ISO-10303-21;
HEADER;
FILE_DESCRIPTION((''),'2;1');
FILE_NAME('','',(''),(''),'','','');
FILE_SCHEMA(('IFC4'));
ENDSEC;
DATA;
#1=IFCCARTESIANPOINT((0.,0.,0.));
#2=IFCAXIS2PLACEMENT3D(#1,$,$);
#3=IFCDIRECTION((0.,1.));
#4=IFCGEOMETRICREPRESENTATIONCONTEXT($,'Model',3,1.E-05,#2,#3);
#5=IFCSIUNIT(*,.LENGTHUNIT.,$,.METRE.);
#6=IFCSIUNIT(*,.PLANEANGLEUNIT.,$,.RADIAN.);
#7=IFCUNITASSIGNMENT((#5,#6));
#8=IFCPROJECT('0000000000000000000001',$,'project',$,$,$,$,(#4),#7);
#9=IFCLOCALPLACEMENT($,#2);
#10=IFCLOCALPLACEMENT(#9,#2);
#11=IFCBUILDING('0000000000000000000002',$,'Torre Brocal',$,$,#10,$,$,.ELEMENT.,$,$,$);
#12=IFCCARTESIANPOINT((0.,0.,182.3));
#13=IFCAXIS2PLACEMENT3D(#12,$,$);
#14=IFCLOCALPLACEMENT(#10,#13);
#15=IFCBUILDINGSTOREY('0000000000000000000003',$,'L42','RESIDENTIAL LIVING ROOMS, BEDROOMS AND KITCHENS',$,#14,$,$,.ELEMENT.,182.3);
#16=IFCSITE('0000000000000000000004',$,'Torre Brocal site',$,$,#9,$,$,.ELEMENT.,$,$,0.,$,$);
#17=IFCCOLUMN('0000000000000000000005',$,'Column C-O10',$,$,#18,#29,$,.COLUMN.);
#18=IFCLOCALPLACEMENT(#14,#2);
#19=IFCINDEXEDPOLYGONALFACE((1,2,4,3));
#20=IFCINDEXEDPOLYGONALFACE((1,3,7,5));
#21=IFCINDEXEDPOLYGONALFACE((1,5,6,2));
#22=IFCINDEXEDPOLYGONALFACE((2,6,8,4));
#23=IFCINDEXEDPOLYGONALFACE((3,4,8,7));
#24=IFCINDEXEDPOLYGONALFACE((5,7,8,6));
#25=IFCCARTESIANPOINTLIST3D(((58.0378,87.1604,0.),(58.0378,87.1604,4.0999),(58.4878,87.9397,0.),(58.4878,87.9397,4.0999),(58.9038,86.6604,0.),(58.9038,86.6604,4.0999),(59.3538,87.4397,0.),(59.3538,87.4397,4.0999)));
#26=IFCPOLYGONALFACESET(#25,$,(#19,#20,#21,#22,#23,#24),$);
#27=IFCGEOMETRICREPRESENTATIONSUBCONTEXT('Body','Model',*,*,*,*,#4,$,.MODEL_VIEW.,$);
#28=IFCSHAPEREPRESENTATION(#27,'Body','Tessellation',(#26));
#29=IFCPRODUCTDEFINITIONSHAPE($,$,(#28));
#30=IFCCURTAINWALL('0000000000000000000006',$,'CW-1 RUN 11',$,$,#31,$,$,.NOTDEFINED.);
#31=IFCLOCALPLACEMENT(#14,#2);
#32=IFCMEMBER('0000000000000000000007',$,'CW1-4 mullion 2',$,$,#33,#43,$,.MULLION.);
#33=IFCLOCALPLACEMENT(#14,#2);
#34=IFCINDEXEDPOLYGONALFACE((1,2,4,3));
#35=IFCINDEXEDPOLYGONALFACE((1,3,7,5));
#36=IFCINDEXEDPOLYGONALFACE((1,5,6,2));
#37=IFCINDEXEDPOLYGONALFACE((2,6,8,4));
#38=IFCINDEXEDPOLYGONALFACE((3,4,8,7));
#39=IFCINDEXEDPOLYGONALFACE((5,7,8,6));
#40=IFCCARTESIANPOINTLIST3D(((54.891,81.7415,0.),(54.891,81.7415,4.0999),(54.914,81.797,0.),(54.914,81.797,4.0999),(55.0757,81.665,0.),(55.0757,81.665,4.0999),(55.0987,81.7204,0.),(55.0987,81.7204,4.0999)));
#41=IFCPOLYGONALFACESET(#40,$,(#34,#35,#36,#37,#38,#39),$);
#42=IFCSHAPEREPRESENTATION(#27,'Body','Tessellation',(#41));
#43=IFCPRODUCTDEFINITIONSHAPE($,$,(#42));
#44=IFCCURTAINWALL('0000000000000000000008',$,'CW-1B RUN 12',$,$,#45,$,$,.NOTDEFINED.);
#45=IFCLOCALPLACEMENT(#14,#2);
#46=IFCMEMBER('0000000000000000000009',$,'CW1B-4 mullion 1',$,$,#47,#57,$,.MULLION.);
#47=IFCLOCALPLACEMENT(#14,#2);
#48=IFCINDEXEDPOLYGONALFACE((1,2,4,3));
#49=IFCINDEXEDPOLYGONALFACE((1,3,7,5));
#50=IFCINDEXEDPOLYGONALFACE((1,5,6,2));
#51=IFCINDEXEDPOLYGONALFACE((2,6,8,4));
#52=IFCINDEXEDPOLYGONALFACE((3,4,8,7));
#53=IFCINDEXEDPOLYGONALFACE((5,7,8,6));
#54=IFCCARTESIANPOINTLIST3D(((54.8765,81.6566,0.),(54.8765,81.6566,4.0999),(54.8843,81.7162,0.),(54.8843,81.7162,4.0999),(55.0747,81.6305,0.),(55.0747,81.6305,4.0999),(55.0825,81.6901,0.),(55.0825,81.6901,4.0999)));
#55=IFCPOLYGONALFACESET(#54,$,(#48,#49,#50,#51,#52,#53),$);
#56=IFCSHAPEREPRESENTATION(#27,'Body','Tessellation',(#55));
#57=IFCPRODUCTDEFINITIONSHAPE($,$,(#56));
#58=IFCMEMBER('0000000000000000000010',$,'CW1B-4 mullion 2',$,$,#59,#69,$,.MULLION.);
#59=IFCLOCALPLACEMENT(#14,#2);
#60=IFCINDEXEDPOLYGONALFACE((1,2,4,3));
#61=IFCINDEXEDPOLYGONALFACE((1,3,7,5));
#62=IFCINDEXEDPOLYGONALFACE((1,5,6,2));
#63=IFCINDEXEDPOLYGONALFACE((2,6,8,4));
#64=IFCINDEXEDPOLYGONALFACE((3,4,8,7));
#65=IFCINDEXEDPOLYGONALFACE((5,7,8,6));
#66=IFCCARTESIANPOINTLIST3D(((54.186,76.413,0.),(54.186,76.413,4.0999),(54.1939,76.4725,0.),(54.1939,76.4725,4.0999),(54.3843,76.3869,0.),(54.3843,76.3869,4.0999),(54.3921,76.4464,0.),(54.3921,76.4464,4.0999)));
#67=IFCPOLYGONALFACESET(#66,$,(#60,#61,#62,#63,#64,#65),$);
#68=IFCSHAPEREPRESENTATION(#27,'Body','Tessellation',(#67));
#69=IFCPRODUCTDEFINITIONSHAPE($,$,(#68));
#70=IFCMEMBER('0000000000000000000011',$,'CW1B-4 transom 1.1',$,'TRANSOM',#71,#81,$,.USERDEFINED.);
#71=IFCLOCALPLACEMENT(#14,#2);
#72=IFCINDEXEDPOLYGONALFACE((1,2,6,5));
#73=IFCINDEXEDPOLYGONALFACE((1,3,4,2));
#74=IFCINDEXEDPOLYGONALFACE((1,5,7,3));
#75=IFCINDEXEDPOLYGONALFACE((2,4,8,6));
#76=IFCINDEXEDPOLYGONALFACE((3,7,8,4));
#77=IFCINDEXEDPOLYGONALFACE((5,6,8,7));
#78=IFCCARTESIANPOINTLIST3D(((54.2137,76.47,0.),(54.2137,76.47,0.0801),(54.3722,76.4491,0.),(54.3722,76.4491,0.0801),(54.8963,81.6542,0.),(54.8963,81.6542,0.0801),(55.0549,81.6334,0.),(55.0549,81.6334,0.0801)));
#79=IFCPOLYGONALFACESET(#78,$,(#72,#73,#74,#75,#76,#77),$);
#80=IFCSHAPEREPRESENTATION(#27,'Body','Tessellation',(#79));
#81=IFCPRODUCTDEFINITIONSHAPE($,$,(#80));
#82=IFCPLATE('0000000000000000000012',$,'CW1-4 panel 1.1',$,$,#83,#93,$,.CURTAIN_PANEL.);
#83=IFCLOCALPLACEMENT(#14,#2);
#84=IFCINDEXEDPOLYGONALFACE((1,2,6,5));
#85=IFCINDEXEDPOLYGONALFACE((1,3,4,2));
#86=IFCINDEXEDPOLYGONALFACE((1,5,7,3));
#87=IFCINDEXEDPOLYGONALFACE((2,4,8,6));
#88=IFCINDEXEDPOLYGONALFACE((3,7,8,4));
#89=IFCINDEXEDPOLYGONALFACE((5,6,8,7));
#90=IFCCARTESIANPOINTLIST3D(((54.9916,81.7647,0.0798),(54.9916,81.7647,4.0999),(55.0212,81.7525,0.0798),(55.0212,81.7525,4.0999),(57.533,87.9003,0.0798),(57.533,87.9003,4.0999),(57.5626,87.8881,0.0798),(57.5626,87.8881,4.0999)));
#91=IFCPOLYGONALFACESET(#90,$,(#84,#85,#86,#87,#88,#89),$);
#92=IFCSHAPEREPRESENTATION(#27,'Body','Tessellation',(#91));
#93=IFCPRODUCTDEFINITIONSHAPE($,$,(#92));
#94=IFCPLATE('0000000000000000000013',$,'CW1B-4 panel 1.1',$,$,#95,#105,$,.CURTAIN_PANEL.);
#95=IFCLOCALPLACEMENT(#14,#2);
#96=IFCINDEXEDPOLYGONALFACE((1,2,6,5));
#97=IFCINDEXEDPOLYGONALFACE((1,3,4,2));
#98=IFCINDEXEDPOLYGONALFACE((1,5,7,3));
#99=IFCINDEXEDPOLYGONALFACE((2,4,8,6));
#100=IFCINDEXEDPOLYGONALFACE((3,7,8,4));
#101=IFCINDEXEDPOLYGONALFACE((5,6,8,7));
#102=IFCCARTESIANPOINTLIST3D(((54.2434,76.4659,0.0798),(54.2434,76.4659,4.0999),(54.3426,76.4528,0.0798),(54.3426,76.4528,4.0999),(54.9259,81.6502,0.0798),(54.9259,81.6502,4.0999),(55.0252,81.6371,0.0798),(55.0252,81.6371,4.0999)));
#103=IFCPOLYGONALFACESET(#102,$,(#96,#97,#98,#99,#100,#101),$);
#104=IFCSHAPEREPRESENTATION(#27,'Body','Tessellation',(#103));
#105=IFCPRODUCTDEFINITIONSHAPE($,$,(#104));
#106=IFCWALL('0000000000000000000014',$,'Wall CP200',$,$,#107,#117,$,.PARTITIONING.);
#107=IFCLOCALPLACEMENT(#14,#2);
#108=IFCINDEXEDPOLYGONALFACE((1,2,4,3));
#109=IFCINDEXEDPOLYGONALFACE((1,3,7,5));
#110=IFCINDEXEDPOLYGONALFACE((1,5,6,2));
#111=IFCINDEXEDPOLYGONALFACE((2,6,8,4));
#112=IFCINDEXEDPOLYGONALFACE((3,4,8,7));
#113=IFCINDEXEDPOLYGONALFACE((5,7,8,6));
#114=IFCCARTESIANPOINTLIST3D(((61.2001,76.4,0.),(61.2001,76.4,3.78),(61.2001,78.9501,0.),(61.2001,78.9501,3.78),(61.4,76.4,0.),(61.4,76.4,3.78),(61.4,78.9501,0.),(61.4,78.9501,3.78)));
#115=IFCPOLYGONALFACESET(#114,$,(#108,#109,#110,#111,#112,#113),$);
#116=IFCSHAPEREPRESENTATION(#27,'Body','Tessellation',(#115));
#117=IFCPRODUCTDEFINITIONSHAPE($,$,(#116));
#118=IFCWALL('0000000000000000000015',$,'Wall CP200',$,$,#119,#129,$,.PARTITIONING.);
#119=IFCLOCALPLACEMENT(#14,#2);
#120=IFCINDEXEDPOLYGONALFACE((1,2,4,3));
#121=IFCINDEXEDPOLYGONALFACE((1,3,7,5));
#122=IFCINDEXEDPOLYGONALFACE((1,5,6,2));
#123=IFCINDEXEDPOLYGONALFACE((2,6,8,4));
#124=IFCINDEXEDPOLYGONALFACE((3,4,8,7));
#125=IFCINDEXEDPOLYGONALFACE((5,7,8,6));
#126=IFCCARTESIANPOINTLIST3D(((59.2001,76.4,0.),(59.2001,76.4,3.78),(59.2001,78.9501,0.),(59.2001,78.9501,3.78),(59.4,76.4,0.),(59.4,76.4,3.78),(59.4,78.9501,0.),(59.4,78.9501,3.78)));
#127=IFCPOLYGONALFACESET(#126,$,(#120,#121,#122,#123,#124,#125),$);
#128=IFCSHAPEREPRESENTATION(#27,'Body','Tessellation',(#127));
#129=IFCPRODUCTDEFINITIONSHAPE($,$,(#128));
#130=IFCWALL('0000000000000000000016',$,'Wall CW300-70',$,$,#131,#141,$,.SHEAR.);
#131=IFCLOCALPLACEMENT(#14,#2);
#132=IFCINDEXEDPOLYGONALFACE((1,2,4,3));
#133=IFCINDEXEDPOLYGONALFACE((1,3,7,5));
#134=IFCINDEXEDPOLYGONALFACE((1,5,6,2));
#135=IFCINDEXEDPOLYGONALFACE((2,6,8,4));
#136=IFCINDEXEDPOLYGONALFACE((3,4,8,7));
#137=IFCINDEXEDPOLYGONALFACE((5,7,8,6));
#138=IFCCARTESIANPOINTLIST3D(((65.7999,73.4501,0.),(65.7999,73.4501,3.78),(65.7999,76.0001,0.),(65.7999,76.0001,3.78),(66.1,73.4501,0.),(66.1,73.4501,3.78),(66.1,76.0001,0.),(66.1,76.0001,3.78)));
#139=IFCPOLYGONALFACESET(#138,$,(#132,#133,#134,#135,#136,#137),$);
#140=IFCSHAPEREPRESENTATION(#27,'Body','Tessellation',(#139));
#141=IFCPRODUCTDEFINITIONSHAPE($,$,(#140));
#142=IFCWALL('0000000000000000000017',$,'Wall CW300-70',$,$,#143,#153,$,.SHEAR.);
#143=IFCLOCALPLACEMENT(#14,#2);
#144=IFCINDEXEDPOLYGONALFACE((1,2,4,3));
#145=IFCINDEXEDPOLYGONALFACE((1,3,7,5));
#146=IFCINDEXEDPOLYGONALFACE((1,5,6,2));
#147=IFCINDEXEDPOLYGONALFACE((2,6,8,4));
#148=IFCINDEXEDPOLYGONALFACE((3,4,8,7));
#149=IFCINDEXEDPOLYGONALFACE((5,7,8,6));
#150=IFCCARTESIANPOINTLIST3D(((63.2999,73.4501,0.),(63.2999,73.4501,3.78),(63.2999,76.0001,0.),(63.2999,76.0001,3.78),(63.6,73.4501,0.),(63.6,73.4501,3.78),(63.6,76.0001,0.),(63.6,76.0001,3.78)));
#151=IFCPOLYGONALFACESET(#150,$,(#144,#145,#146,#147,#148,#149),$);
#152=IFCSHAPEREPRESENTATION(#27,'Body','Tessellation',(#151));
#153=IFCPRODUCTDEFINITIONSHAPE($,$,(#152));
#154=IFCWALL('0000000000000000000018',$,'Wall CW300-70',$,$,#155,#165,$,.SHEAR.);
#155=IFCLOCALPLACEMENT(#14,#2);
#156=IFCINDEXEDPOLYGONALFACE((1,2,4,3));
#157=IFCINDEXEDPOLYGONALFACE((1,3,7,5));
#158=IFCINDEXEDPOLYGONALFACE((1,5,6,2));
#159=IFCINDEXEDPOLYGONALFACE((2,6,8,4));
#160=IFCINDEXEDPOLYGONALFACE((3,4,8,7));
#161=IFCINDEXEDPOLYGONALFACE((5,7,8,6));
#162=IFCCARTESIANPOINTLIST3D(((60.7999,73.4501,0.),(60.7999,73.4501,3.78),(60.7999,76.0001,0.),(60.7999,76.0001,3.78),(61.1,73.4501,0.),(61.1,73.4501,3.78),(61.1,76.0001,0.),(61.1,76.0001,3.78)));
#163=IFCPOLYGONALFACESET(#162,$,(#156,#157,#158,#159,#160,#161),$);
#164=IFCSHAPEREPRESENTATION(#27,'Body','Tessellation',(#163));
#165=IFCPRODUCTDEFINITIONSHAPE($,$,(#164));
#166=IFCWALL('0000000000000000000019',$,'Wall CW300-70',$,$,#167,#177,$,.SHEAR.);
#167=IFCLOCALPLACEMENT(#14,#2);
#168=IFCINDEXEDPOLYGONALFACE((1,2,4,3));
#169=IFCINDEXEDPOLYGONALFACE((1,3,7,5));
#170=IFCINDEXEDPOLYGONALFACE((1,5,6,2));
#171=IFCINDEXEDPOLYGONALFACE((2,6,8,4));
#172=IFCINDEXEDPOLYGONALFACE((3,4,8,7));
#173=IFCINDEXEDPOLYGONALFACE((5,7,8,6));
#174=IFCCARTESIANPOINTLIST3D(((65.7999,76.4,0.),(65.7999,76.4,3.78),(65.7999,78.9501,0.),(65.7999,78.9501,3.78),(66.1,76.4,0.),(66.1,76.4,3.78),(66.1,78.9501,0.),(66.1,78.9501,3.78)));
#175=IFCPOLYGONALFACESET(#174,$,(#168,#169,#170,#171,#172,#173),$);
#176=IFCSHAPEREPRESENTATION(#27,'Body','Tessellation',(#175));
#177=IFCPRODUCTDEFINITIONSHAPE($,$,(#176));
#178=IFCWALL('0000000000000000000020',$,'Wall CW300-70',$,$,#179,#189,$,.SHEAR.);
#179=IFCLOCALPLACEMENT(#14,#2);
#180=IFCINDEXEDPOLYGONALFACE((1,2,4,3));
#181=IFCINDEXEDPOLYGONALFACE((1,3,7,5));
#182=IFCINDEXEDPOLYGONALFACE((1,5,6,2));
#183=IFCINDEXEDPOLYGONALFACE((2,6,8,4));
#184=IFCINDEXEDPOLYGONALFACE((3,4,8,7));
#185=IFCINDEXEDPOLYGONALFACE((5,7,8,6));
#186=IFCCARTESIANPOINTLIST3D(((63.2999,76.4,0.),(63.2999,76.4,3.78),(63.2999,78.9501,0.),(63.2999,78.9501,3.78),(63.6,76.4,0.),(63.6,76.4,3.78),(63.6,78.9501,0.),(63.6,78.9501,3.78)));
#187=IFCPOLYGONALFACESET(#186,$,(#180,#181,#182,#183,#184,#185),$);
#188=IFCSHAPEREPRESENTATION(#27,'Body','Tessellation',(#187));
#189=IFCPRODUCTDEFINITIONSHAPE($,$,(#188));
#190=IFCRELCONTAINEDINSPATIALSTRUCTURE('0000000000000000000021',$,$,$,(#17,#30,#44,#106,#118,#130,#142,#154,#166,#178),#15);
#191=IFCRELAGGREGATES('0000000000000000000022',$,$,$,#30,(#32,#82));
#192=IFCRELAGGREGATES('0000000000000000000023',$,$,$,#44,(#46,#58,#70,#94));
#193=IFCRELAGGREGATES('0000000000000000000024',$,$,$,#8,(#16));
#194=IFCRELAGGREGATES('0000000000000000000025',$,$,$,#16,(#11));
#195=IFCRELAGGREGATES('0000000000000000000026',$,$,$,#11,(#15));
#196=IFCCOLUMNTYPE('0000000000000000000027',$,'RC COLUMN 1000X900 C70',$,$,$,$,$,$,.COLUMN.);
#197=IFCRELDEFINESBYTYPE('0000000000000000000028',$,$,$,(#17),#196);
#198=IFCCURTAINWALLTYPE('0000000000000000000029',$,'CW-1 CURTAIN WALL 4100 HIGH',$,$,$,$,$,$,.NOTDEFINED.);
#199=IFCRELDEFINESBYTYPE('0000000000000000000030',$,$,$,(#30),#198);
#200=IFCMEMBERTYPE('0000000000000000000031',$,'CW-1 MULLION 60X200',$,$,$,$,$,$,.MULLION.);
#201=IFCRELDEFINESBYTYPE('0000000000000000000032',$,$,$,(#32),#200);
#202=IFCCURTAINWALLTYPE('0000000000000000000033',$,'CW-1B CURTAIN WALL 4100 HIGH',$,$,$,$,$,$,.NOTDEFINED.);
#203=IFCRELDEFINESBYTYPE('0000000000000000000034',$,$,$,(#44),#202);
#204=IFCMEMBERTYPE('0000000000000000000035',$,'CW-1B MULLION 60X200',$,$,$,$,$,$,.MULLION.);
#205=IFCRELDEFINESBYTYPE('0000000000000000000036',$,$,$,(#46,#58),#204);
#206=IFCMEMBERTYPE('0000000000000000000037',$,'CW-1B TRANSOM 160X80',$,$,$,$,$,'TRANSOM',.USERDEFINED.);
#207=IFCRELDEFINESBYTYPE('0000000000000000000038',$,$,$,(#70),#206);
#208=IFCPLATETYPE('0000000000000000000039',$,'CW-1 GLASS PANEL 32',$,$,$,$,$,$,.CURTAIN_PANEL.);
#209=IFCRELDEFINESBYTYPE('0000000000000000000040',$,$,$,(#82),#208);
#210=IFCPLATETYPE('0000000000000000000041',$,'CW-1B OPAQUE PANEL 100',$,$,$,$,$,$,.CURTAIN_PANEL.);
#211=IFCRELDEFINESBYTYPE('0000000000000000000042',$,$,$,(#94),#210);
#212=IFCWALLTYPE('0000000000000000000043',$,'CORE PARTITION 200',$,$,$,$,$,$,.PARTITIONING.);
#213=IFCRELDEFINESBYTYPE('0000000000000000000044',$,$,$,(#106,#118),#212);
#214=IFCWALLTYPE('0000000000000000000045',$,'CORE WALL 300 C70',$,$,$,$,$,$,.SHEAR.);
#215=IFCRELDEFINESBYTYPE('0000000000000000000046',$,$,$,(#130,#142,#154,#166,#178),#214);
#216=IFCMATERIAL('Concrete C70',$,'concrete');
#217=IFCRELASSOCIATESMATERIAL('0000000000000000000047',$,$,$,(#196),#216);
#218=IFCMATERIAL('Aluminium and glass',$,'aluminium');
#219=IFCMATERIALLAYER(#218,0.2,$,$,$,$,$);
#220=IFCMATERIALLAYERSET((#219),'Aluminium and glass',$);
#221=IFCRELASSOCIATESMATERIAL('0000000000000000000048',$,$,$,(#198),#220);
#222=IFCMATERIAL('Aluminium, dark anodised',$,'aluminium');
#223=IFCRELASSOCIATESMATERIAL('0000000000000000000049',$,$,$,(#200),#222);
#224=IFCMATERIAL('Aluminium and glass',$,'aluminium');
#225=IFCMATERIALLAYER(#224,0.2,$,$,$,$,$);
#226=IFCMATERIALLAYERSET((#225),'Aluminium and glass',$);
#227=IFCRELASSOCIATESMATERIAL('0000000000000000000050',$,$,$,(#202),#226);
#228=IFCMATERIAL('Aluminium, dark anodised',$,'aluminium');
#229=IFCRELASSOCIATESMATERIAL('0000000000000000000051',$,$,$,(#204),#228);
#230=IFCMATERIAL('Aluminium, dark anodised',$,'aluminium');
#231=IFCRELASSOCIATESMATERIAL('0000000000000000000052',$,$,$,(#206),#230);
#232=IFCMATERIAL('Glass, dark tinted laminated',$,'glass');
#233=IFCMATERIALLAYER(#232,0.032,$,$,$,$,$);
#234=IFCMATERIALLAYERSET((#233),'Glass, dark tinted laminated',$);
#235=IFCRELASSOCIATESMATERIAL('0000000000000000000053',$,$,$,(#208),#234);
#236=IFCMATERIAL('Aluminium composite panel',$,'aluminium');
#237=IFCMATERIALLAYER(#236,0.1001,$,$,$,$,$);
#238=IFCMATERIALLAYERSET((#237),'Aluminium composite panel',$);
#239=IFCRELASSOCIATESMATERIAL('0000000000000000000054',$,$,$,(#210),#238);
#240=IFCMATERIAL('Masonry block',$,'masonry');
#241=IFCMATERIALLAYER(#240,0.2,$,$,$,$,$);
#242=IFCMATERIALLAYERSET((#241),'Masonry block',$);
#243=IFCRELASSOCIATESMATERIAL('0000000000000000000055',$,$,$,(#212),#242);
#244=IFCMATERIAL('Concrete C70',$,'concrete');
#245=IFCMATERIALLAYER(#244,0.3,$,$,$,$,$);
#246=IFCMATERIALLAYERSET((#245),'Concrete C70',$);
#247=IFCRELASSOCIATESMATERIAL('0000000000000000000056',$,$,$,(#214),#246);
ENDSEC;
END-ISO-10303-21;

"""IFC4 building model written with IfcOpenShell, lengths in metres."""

from ifc_helpers import new_model, si_unit, direction, frame, frame_2d, origin, origin_2d, place, context, subcontext, project, spatial, rectangle, extrude, material, layer, layer_set, material_profile, profile_set, type_object, element, aggregate, save


model = new_model("IFC4")

# Units and contexts
model_context = context("Model", 3, precision=1e-05, world=origin(), true_north=direction((0.0, 1.0)))
body_context = subcontext(model_context, "Body", "Model", "MODEL_VIEW")
ifc_project = project(units=[si_unit("LENGTHUNIT", "METRE"), si_unit("PLANEANGLEUNIT", "RADIAN")], contexts=[model_context])

# Site, building, storey
site_placement = place(None, origin())
site = spatial("IfcSite", under=ifc_project, at=site_placement, Name="Torre Brocal site", CompositionType="ELEMENT", RefElevation=0.0)
building_placement = place(site_placement, origin())
building = spatial("IfcBuilding", under=site, at=building_placement, Name="Torre Brocal", CompositionType="ELEMENT")
storey_placement = place(building_placement, frame((0.0, 0.0, 182.3)))
storey = spatial("IfcBuildingStorey", under=building, at=storey_placement, Name="L42", Description="RESIDENTIAL LIVING ROOMS, BEDROOMS AND KITCHENS", CompositionType="ELEMENT", Elevation=182.3)

# Column
ifc_material_1 = material(Name="Concrete C70", Category="concrete")
ifc_material_profile_1 = material_profile(ifc_material_1, rectangle(XDim=1.0, YDim=0.8999, at=origin_2d()), Name="RC 1000X900")
ifc_profile_set_1 = profile_set([ifc_material_profile_1], Name="Concrete C70")
column_type = type_object("IfcColumnType", Name="RC COLUMN 1000X900 C70", PredefinedType="COLUMN", material=ifc_profile_set_1)
column_placement = place(storey_placement, frame((58.6958, 87.3, 0.0), z_axis=(0.0, 0.0, 1.0), x_axis=(-0.866025, 0.5, 0.0)))
element("IfcColumn", 1, at=column_placement, inside=storey, type_object=column_type, Name="Column C-O10", PredefinedType="COLUMN", context=body_context, shape_type="SweptSolid", body=[
    extrude(rectangle(XDim=1.0, YDim=0.8999, at=origin_2d()), origin(), (0.0, 0.0, 1.0), 4.0999),
])

# Curtain wall, member
ifc_material_2 = material(Name="Aluminium and glass", Category="aluminium")
ifc_layer_1 = layer(ifc_material_2, 0.2)
ifc_layer_set_1 = layer_set([ifc_layer_1], Name="Aluminium and glass")
curtain_wall_type_1 = type_object("IfcCurtainWallType", Name="CW-1 CURTAIN WALL 4100 HIGH", PredefinedType="NOTDEFINED", material=ifc_layer_set_1)
curtain_wall_1_placement = place(storey_placement, origin())
curtain_wall_1 = element("IfcCurtainWall", 2, at=curtain_wall_1_placement, inside=storey, type_object=curtain_wall_type_1, Name="CW-1 RUN 11", PredefinedType="NOTDEFINED")
ifc_material_3 = material(Name="Aluminium, dark anodised", Category="aluminium")
ifc_material_profile_2 = material_profile(ifc_material_3, rectangle(XDim=0.2, YDim=0.0601, at=origin_2d()), Name="CW-1 MULLION 60X200")
ifc_profile_set_2 = profile_set([ifc_material_profile_2], Name="Aluminium, dark anodised")
member_type_1 = type_object("IfcMemberType", Name="CW-1 MULLION 60X200", PredefinedType="MULLION", material=ifc_profile_set_2)
member_1_placement = place(storey_placement, frame((54.9949, 81.731, 0.0), z_axis=(0.0, 0.0, 1.0), x_axis=(0.92388, -0.382683, 0.0)))
member_1 = element("IfcMember", 3, at=member_1_placement, type_object=member_type_1, Name="CW1-4 mullion 2", PredefinedType="MULLION", context=body_context, shape_type="SweptSolid", body=[
    extrude(rectangle(XDim=0.2, YDim=0.0601, at=origin_2d()), origin(), (0.0, 0.0, 1.0), 4.0999),
])

# Curtain wall, members
ifc_material_4 = material(Name="Aluminium and glass", Category="aluminium")
ifc_layer_2 = layer(ifc_material_4, 0.2)
ifc_layer_set_2 = layer_set([ifc_layer_2], Name="Aluminium and glass")
curtain_wall_type_2 = type_object("IfcCurtainWallType", Name="CW-1B CURTAIN WALL 4100 HIGH", PredefinedType="NOTDEFINED", material=ifc_layer_set_2)
curtain_wall_2_placement = place(storey_placement, origin())
curtain_wall_2 = element("IfcCurtainWall", 4, at=curtain_wall_2_placement, inside=storey, type_object=curtain_wall_type_2, Name="CW-1B RUN 12", PredefinedType="NOTDEFINED")
ifc_material_5 = material(Name="Aluminium, dark anodised", Category="aluminium")
ifc_material_profile_3 = material_profile(ifc_material_5, rectangle(XDim=0.2, YDim=0.0601, at=origin_2d()), Name="CW-1B MULLION 60X200")
ifc_profile_set_3 = profile_set([ifc_material_profile_3], Name="Aluminium, dark anodised")
member_type_2 = type_object("IfcMemberType", Name="CW-1B MULLION 60X200", PredefinedType="MULLION", material=ifc_profile_set_3)
member_2_placement = place(storey_placement, frame((54.9795, 81.6733, 0.0), z_axis=(0.0, 0.0, 1.0), x_axis=(0.991445, -0.130526, 0.0)))
member_2 = element("IfcMember", 5, at=member_2_placement, type_object=member_type_2, Name="CW1B-4 mullion 1", PredefinedType="MULLION", context=body_context, shape_type="SweptSolid", body=[
    extrude(rectangle(XDim=0.2, YDim=0.0601, at=origin_2d()), origin(), (0.0, 0.0, 1.0), 4.0999),
])
member_3_placement = place(storey_placement, frame((54.2891, 76.4297, 0.0), z_axis=(0.0, 0.0, 1.0), x_axis=(0.991445, -0.130526, 0.0)))
member_3 = element("IfcMember", 6, at=member_3_placement, type_object=member_type_2, Name="CW1B-4 mullion 2", PredefinedType="MULLION", context=body_context, shape_type="SweptSolid", body=[
    extrude(rectangle(XDim=0.2, YDim=0.0601, at=origin_2d()), origin(), (0.0, 0.0, 1.0), 4.0999),
])
ifc_material_6 = material(Name="Aluminium, dark anodised", Category="aluminium")
ifc_material_profile_4 = material_profile(ifc_material_6, rectangle(XDim=0.1599, YDim=0.0801, at=origin_2d()), Name="CW-1B TRANSOM 160X80")
ifc_profile_set_4 = profile_set([ifc_material_profile_4], Name="Aluminium, dark anodised")
member_type_3 = type_object("IfcMemberType", Name="CW-1B TRANSOM 160X80", ElementType="TRANSOM", PredefinedType="USERDEFINED", material=ifc_profile_set_4)
member_4_placement = place(storey_placement, frame((54.9756, 81.6438, 0.04), z_axis=(-0.130543, -0.991443, 0.0), x_axis=(0.991443, -0.130543, 0.0)))
member_4 = element("IfcMember", 7, at=member_4_placement, type_object=member_type_3, Name="CW1B-4 transom 1.1", ObjectType="TRANSOM", PredefinedType="USERDEFINED", context=body_context, shape_type="SweptSolid", body=[
    extrude(rectangle(XDim=0.1599, YDim=0.0801, at=origin_2d()), origin(), (0.0, 0.0, 1.0), 5.229),
])

# Plates
ifc_material_7 = material(Name="Glass, dark tinted laminated", Category="glass")
ifc_layer_3 = layer(ifc_material_7, 0.032)
ifc_layer_set_3 = layer_set([ifc_layer_3], Name="Glass, dark tinted laminated")
plate_type_1 = type_object("IfcPlateType", Name="CW-1 GLASS PANEL 32", PredefinedType="CURTAIN_PANEL", material=ifc_layer_set_3)
plate_1_placement = place(storey_placement, frame((56.2771, 84.8264, 0.0798), z_axis=(0.0, 0.0, 1.0), x_axis=(-0.382683, -0.92388, 0.0)))
plate_1 = element("IfcPlate", 8, at=plate_1_placement, type_object=plate_type_1, Name="CW1-4 panel 1.1", PredefinedType="CURTAIN_PANEL", context=body_context, shape_type="SweptSolid", body=[
    extrude(rectangle(XDim=6.6411, YDim=0.032, at=origin_2d()), origin(), (0.0, 0.0, 1.0), 4.02),
])
aggregate(curtain_wall_1, [member_1, plate_1])
ifc_material_8 = material(Name="Aluminium composite panel", Category="aluminium")
ifc_layer_4 = layer(ifc_material_8, 0.1001)
ifc_layer_set_4 = layer_set([ifc_layer_4], Name="Aluminium composite panel")
plate_type_2 = type_object("IfcPlateType", Name="CW-1B OPAQUE PANEL 100", PredefinedType="CURTAIN_PANEL", material=ifc_layer_set_4)
plate_2_placement = place(storey_placement, frame((54.6343, 79.0515, 0.0798), z_axis=(0.0, 0.0, 1.0), x_axis=(-0.130526, -0.991445, 0.0)))
plate_2 = element("IfcPlate", 9, at=plate_2_placement, type_object=plate_type_2, Name="CW1B-4 panel 1.1", PredefinedType="CURTAIN_PANEL", context=body_context, shape_type="SweptSolid", body=[
    extrude(rectangle(XDim=5.229, YDim=0.1001, at=origin_2d()), origin(), (0.0, 0.0, 1.0), 4.02),
])
aggregate(curtain_wall_2, [member_2, member_3, member_4, plate_2])

# Walls
ifc_material_9 = material(Name="Masonry block", Category="masonry")
ifc_layer_5 = layer(ifc_material_9, 0.2)
ifc_layer_set_5 = layer_set([ifc_layer_5], Name="Masonry block")
wall_type_1 = type_object("IfcWallType", Name="CORE PARTITION 200", PredefinedType="PARTITIONING", material=ifc_layer_set_5)
for number, where, z_axis, x_axis, name in (
    (10, (61.3, 78.95, 0.0), (0.0, 0.0, 1.0), (0.0, -1.0, 0.0), "Wall CP200"),
    (11, (59.3, 78.95, 0.0), (0.0, 0.0, 1.0), (0.0, -1.0, 0.0), "Wall CP200"),
):
    element("IfcWall", number, at=place(storey_placement, frame(where, z_axis=z_axis, x_axis=x_axis)), inside=storey, type_object=wall_type_1, Name=name, PredefinedType="PARTITIONING", context=body_context, shape_type="SweptSolid", body=[
        extrude(rectangle(XDim=2.55, YDim=0.2, at=frame_2d((1.2749, 0.0))), origin(), (0.0, 0.0, 1.0), 3.78),
    ])
ifc_material_10 = material(Name="Concrete C70", Category="concrete")
ifc_layer_6 = layer(ifc_material_10, 0.3)
ifc_layer_set_6 = layer_set([ifc_layer_6], Name="Concrete C70")
wall_type_2 = type_object("IfcWallType", Name="CORE WALL 300 C70", PredefinedType="SHEAR", material=ifc_layer_set_6)
for number, where, z_axis, x_axis, name in (
    (12, (65.95, 76.0, 0.0), (0.0, 0.0, 1.0), (0.0, -1.0, 0.0), "Wall CW300-70"),
    (13, (63.45, 76.0, 0.0), (0.0, 0.0, 1.0), (0.0, -1.0, 0.0), "Wall CW300-70"),
    (14, (60.95, 76.0, 0.0), (0.0, 0.0, 1.0), (0.0, -1.0, 0.0), "Wall CW300-70"),
    (15, (65.95, 78.95, 0.0), (0.0, 0.0, 1.0), (0.0, -1.0, 0.0), "Wall CW300-70"),
    (16, (63.45, 78.95, 0.0), (0.0, 0.0, 1.0), (0.0, -1.0, 0.0), "Wall CW300-70"),
):
    element("IfcWall", number, at=place(storey_placement, frame(where, z_axis=z_axis, x_axis=x_axis)), inside=storey, type_object=wall_type_2, Name=name, PredefinedType="SHEAR", context=body_context, shape_type="SweptSolid", body=[
        extrude(rectangle(XDim=2.55, YDim=0.3, at=frame_2d((1.2749, 0.0))), origin(), (0.0, 0.0, 1.0), 3.78),
    ])

save(model, "model.ifc")
